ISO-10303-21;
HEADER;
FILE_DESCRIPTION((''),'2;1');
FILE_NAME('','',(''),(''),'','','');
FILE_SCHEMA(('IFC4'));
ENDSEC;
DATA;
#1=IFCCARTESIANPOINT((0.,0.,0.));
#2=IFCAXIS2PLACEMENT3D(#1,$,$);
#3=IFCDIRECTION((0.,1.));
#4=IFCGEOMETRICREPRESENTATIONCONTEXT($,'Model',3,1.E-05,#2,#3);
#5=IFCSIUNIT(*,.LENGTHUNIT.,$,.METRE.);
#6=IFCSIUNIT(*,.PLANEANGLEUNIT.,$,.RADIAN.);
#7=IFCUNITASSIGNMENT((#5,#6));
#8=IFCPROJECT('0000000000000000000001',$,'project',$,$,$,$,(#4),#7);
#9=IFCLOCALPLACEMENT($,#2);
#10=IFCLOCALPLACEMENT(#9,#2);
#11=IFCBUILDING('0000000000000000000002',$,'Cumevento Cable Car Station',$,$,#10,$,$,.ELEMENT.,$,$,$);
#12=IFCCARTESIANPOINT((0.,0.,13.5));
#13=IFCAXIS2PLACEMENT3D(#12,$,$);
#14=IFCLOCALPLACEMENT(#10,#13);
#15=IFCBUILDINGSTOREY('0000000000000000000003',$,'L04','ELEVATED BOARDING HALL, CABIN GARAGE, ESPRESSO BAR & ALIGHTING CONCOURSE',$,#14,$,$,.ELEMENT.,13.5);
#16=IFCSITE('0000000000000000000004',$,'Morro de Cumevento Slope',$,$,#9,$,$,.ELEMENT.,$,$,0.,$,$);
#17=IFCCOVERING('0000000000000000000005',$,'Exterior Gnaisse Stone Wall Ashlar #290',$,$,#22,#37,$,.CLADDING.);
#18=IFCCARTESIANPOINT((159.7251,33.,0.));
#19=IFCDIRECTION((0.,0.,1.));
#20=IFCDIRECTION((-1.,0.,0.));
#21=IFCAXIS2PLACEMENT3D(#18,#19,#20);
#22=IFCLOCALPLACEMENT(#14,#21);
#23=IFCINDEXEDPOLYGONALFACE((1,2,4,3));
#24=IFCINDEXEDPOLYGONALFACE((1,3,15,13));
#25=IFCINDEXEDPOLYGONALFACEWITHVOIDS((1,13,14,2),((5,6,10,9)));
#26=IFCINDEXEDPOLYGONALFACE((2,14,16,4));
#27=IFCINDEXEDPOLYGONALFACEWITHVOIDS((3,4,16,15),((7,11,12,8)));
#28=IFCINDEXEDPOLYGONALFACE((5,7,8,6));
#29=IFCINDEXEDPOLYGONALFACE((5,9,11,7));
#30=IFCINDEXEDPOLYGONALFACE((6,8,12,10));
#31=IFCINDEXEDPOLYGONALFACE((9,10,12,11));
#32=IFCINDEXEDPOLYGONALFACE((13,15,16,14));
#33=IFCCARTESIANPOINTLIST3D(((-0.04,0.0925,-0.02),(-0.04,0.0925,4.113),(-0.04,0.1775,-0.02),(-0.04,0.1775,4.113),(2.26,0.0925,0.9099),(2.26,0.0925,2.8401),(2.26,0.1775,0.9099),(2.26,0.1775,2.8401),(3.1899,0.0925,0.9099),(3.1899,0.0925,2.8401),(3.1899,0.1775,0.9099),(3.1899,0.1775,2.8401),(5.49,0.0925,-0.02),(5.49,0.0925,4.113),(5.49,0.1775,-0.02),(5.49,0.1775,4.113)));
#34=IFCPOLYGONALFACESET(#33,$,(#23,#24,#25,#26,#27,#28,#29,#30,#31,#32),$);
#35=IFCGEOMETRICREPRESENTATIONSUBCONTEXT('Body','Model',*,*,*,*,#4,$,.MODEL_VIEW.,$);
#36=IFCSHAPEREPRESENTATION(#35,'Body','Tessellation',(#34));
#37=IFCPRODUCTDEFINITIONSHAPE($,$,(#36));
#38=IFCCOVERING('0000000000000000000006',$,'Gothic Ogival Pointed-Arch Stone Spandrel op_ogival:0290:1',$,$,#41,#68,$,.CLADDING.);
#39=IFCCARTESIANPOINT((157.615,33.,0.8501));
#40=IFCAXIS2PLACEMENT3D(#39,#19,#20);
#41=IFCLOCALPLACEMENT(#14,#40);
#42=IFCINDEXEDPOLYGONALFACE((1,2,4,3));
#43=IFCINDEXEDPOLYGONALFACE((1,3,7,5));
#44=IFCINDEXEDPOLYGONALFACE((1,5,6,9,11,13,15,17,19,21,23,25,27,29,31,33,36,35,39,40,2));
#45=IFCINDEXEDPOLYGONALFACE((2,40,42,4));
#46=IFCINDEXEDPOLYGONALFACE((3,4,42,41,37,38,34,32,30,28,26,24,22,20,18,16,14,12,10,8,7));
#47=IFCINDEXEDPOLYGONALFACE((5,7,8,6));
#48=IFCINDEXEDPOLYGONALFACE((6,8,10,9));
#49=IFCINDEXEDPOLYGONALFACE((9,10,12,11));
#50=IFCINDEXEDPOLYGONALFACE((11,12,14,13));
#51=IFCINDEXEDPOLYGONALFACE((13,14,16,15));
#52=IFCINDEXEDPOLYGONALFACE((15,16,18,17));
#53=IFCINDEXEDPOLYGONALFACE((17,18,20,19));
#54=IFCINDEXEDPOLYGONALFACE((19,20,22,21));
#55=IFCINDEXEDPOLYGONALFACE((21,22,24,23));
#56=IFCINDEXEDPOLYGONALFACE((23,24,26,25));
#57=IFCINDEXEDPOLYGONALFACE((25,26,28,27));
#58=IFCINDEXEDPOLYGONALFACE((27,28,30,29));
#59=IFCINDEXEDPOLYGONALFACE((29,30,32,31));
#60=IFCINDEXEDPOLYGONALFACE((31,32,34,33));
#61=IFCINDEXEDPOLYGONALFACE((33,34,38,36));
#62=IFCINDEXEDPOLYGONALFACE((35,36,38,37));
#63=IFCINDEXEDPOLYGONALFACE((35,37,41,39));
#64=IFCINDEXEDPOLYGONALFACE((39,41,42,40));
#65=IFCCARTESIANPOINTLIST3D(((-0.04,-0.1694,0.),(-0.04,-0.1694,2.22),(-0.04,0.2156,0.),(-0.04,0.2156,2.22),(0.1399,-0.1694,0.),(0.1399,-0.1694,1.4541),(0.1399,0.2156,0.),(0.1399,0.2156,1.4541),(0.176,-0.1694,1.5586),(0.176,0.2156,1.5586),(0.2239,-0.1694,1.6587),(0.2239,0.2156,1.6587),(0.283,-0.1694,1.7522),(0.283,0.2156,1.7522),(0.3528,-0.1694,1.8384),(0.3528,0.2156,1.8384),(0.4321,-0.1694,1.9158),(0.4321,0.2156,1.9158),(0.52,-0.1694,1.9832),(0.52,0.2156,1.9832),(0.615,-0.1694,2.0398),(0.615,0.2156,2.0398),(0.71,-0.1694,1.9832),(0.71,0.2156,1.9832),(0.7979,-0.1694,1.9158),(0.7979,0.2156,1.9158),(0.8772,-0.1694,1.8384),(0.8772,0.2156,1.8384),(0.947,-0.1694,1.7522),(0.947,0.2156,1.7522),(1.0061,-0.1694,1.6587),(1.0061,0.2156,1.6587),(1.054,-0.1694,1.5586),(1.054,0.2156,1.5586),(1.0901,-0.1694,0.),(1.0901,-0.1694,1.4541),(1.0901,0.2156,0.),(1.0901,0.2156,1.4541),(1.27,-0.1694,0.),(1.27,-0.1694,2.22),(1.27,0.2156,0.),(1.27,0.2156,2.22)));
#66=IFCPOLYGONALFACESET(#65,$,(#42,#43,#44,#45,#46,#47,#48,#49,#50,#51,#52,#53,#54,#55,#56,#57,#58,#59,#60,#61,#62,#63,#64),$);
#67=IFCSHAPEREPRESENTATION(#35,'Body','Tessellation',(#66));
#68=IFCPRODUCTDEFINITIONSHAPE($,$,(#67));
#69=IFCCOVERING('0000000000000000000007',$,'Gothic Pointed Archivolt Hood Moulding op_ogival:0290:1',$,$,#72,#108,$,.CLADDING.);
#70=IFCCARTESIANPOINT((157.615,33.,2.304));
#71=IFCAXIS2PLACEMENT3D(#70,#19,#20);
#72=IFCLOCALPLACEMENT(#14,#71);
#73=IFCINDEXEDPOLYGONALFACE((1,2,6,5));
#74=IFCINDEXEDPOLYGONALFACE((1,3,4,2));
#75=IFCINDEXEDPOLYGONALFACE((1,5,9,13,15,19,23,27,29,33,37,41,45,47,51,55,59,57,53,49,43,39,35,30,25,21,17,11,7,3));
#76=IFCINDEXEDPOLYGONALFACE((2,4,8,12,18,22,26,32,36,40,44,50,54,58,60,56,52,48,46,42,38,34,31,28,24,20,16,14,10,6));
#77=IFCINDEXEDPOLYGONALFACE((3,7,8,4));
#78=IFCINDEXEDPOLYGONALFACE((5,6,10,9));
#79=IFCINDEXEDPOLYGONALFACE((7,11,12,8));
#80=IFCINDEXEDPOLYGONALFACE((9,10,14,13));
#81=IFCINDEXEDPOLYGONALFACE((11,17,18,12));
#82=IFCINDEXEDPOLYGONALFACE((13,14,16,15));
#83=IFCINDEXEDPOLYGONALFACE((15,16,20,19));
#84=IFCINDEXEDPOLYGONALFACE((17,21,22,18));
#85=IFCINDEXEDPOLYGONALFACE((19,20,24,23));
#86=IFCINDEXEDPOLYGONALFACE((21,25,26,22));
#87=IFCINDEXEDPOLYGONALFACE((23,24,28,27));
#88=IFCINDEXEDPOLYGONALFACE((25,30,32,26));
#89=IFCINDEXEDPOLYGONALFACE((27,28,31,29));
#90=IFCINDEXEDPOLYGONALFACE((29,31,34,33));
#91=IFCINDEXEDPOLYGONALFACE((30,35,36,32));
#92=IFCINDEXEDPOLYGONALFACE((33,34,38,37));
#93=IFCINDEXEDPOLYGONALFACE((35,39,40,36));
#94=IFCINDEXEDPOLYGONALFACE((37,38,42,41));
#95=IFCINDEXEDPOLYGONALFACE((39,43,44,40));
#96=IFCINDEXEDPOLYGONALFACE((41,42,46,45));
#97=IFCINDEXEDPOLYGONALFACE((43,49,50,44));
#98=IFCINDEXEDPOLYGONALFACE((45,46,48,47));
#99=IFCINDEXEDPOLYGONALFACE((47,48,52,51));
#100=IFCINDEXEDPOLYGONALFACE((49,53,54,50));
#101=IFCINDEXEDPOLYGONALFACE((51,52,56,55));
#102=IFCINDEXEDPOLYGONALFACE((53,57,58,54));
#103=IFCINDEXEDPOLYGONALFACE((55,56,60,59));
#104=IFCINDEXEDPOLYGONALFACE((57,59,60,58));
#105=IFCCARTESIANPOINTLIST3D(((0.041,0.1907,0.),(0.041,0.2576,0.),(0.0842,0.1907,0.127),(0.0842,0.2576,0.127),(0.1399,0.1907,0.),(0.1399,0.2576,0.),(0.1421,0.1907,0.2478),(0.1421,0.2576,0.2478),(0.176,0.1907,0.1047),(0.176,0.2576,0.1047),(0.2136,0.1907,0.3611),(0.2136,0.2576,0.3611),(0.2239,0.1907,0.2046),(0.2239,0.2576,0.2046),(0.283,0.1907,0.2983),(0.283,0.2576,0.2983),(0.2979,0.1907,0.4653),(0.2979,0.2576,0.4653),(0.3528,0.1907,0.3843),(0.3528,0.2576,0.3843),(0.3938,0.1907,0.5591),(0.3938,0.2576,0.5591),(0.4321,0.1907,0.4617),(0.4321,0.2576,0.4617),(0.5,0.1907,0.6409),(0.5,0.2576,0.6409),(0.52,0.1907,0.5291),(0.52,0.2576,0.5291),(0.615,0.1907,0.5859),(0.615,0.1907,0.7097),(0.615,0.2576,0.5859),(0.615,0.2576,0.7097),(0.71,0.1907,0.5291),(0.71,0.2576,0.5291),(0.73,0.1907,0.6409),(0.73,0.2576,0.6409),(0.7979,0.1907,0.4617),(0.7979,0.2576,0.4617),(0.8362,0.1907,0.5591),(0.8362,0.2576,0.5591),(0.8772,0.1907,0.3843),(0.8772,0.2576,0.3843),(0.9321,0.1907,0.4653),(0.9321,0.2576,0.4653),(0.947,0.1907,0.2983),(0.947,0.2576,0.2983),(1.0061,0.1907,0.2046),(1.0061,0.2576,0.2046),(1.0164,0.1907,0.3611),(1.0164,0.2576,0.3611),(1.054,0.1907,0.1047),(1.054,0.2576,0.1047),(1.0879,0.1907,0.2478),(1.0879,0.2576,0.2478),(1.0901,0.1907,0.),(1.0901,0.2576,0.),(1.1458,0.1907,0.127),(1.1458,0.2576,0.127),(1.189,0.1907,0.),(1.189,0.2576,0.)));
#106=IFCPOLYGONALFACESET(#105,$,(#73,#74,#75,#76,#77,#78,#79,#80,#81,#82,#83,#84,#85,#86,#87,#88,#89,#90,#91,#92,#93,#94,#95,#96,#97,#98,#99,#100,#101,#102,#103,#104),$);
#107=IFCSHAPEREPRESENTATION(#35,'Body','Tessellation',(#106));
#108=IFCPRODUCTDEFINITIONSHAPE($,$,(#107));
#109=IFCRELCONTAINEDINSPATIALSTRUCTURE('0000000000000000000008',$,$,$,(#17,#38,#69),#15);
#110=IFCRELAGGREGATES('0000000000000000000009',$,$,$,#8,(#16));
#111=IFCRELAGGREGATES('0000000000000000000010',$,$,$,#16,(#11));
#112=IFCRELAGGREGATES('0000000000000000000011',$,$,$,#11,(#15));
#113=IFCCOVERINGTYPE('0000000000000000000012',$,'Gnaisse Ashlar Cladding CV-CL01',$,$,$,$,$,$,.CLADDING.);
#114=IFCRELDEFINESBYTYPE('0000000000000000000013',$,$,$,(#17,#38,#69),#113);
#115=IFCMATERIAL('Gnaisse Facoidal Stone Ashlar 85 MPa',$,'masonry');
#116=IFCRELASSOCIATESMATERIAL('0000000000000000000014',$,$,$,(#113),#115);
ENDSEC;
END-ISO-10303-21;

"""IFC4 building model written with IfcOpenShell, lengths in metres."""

from ifc_helpers import new_model, si_unit, direction, frame, origin, place, context, subcontext, project, spatial, polyline, outline, extrude, material, type_object, element, save


model = new_model("IFC4")

# Units and contexts
model_context = context("Model", 3, precision=1e-05, world=origin(), true_north=direction((0.0, 1.0)))
body_context = subcontext(model_context, "Body", "Model", "MODEL_VIEW")
ifc_project = project(units=[si_unit("LENGTHUNIT", "METRE"), si_unit("PLANEANGLEUNIT", "RADIAN")], contexts=[model_context])

# Site, building, storey
site_placement = place(None, origin())
site = spatial("IfcSite", under=ifc_project, at=site_placement, Name="Morro de Cumevento Slope", CompositionType="ELEMENT", RefElevation=0.0)
building_placement = place(site_placement, origin())
building = spatial("IfcBuilding", under=site, at=building_placement, Name="Cumevento Cable Car Station", CompositionType="ELEMENT")
storey_placement = place(building_placement, frame((0.0, 0.0, 13.5)))
storey = spatial("IfcBuildingStorey", under=building, at=storey_placement, Name="L04", Description="ELEVATED BOARDING HALL, CABIN GARAGE, ESPRESSO BAR & ALIGHTING CONCOURSE", CompositionType="ELEMENT", Elevation=13.5)

# Coverings
ifc_material_1 = material(Name="Gnaisse Facoidal Stone Ashlar 85 MPa", Category="masonry")
covering_type = type_object("IfcCoveringType", Name="Gnaisse Ashlar Cladding CV-CL01", PredefinedType="CLADDING", material=ifc_material_1)
covering_1_placement = place(storey_placement, frame((159.7251, 33.0, 0.0), z_axis=(0.0, 0.0, 1.0), x_axis=(-1.0, 0.0, 0.0)))
element("IfcCovering", 1, at=covering_1_placement, inside=storey, type_object=covering_type, Name="Exterior Gnaisse Stone Wall Ashlar #290", PredefinedType="CLADDING", context=body_context, shape_type="SweptSolid", body=[
    extrude(outline(polyline([(-0.04, -0.02), (5.49, -0.02), (5.49, 4.113), (-0.04, 4.113), (-0.04, -0.02)]), holes=[polyline([(2.26, 0.9099), (3.1899, 0.9099), (3.1899, 2.8401), (2.26, 2.8401), (2.26, 0.9099)])]), frame((0.0, 0.1775, 0.0), z_axis=(0.0, -1.0, 0.0), x_axis=(1.0, 0.0, 0.0)), (0.0, 0.0, 1.0), 0.085),
])
covering_2_placement = place(storey_placement, frame((157.615, 33.0, 0.8501), z_axis=(0.0, 0.0, 1.0), x_axis=(-1.0, 0.0, 0.0)))
element("IfcCovering", 2, at=covering_2_placement, inside=storey, type_object=covering_type, Name="Gothic Ogival Pointed-Arch Stone Spandrel op_ogival:0290:1", PredefinedType="CLADDING", context=body_context, shape_type="SweptSolid", body=[
    extrude(outline(polyline([(-0.04, 0.0), (-0.04, 2.22), (1.27, 2.22), (1.27, 0.0), (1.0901, 0.0), (1.0901, 1.4541), (1.054, 1.5586), (1.0061, 1.6587), (0.947, 1.7522), (0.8772, 1.8384), (0.7979, 1.9158), (0.71, 1.9832), (0.615, 2.0398), (0.52, 1.9832), (0.4321, 1.9158), (0.3528, 1.8384), (0.283, 1.7522), (0.2239, 1.6587), (0.176, 1.5586), (0.1399, 1.4541), (0.1399, 0.0), (-0.04, 0.0)])), frame((0.0, 0.2156, 0.0), z_axis=(0.0, -1.0, 0.0), x_axis=(1.0, 0.0, 0.0)), (0.0, 0.0, 1.0), 0.385),
])
covering_3_placement = place(storey_placement, frame((157.615, 33.0, 2.304), z_axis=(0.0, 0.0, 1.0), x_axis=(-1.0, 0.0, 0.0)))
element("IfcCovering", 3, at=covering_3_placement, inside=storey, type_object=covering_type, Name="Gothic Pointed Archivolt Hood Moulding op_ogival:0290:1", PredefinedType="CLADDING", context=body_context, shape_type="SweptSolid", body=[
    extrude(outline(polyline([(0.1399, 0.0), (0.176, 0.1047), (0.2239, 0.2046), (0.283, 0.2983), (0.3528, 0.3843), (0.4321, 0.4617), (0.52, 0.5291), (0.615, 0.5859), (0.71, 0.5291), (0.7979, 0.4617), (0.8772, 0.3843), (0.947, 0.2983), (1.0061, 0.2046), (1.054, 0.1047), (1.0901, 0.0), (1.189, 0.0), (1.1458, 0.127), (1.0879, 0.2478), (1.0164, 0.3611), (0.9321, 0.4653), (0.8362, 0.5591), (0.73, 0.6409), (0.615, 0.7097), (0.5, 0.6409), (0.3938, 0.5591), (0.2979, 0.4653), (0.2136, 0.3611), (0.1421, 0.2478), (0.0842, 0.127), (0.041, 0.0), (0.1399, 0.0)])), frame((0.0, 0.2576, 0.0), z_axis=(0.0, -1.0, 0.0), x_axis=(1.0, 0.0, 0.0)), (0.0, 0.0, 1.0), 0.0669),
])

save(model, "model.ifc")
